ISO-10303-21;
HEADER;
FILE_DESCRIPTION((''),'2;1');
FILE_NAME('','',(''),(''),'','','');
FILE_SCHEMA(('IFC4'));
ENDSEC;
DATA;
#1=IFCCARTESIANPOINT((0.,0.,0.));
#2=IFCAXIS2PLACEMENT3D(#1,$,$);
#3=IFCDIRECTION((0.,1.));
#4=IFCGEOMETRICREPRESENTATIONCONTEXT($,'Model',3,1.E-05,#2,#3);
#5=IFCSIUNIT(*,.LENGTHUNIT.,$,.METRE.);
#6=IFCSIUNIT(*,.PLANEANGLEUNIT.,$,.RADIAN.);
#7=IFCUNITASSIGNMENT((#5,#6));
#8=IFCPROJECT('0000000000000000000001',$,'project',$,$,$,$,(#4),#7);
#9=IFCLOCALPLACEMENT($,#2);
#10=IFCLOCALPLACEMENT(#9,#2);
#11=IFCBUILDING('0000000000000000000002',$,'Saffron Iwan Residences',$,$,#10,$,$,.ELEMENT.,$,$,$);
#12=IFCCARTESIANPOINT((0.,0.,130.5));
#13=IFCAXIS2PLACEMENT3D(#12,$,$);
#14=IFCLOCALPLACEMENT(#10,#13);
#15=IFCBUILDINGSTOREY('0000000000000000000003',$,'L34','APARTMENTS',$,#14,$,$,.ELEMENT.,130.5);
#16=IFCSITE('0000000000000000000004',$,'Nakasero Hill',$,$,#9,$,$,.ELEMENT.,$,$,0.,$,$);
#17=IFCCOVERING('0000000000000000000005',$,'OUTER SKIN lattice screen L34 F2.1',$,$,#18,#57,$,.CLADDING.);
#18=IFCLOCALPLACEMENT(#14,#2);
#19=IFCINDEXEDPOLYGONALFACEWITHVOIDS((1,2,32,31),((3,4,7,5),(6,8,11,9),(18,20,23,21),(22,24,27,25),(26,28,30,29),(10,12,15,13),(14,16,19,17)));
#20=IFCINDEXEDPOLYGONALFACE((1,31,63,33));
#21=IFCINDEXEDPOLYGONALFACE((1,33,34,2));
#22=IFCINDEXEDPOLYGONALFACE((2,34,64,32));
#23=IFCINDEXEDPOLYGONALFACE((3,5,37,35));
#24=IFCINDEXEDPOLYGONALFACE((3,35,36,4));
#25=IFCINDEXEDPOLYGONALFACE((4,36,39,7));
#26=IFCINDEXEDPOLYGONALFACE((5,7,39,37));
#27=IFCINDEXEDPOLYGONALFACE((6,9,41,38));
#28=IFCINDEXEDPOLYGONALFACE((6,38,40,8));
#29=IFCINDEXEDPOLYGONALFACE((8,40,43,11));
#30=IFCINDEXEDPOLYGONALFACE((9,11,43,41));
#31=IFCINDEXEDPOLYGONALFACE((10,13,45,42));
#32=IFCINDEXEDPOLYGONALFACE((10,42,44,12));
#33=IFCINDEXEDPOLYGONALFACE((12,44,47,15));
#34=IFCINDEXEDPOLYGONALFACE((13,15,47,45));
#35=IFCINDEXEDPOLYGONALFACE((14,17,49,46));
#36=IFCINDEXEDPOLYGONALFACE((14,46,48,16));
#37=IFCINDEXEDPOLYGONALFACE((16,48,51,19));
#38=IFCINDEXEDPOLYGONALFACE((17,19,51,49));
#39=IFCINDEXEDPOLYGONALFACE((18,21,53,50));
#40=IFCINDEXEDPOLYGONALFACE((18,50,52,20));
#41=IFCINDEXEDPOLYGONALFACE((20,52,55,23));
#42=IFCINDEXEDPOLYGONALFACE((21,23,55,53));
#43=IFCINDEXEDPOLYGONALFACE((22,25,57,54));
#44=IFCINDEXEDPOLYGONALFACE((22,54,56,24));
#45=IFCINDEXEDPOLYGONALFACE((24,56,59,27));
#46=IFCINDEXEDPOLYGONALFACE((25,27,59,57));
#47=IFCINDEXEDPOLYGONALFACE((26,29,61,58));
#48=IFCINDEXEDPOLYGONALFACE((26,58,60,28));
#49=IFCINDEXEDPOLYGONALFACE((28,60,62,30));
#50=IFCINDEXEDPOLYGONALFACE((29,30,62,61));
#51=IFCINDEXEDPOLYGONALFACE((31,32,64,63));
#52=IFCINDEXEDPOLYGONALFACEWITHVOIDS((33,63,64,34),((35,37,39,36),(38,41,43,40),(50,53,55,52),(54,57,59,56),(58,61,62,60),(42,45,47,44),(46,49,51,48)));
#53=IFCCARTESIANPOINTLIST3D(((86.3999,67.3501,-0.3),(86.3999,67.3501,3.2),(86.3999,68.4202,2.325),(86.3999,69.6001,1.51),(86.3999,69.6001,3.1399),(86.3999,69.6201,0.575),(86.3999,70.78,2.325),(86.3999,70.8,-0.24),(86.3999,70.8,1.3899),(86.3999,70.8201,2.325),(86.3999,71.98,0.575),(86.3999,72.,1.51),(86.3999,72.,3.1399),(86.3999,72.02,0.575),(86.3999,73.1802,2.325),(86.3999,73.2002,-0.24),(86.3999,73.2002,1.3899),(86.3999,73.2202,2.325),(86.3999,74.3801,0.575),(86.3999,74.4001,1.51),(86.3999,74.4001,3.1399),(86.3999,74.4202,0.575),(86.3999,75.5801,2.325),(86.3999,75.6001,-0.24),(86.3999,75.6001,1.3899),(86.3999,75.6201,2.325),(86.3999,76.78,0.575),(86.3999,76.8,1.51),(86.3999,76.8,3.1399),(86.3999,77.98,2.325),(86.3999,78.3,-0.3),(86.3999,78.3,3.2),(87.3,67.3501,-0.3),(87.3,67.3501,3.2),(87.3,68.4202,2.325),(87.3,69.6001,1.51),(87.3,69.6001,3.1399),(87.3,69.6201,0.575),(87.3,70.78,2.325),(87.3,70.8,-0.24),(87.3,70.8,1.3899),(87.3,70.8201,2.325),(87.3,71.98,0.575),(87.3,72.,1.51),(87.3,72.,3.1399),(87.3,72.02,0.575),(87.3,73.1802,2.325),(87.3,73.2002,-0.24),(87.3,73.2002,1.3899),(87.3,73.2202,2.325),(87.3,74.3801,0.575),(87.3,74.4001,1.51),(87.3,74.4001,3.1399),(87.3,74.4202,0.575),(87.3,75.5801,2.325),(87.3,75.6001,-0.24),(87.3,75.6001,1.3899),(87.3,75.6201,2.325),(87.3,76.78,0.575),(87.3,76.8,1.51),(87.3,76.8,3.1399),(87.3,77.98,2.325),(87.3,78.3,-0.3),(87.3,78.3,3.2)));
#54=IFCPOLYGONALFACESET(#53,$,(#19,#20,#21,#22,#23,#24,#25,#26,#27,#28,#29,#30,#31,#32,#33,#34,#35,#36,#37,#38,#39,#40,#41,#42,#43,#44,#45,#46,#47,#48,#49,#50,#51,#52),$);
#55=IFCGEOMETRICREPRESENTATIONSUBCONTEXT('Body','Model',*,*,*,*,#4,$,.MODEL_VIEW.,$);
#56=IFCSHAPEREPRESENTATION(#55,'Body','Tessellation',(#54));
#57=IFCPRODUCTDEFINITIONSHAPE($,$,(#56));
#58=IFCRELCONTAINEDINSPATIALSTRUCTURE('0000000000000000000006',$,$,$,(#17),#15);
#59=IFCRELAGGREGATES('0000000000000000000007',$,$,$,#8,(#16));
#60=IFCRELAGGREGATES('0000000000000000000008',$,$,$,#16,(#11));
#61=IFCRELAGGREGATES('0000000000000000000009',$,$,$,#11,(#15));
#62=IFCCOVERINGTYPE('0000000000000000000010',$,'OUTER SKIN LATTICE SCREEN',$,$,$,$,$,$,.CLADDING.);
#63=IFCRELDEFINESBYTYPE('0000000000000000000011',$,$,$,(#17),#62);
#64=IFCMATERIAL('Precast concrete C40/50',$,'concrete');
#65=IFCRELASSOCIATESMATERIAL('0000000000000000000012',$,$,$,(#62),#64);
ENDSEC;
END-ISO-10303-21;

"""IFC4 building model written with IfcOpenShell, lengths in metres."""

from ifc_helpers import new_model, si_unit, direction, frame, origin, place, context, subcontext, project, spatial, polyline, outline, extrude, material, type_object, element, save


model = new_model("IFC4")

# Units and contexts
model_context = context("Model", 3, precision=1e-05, world=origin(), true_north=direction((0.0, 1.0)))
body_context = subcontext(model_context, "Body", "Model", "MODEL_VIEW")
ifc_project = project(units=[si_unit("LENGTHUNIT", "METRE"), si_unit("PLANEANGLEUNIT", "RADIAN")], contexts=[model_context])

# Site, building, storey
site_placement = place(None, origin())
site = spatial("IfcSite", under=ifc_project, at=site_placement, Name="Nakasero Hill", CompositionType="ELEMENT", RefElevation=0.0)
building_placement = place(site_placement, origin())
building = spatial("IfcBuilding", under=site, at=building_placement, Name="Saffron Iwan Residences", CompositionType="ELEMENT")
storey_placement = place(building_placement, frame((0.0, 0.0, 130.5)))
storey = spatial("IfcBuildingStorey", under=building, at=storey_placement, Name="L34", Description="APARTMENTS", CompositionType="ELEMENT", Elevation=130.5)

# Covering
ifc_material_1 = material(Name="Precast concrete C40/50", Category="concrete")
covering_type = type_object("IfcCoveringType", Name="OUTER SKIN LATTICE SCREEN", PredefinedType="CLADDING", material=ifc_material_1)
covering_placement = place(storey_placement, frame((86.3999, 67.3501, -0.3), z_axis=(1.0, 0.0, 0.0), x_axis=(0.0, 1.0, 0.0)))
element("IfcCovering", 1, at=covering_placement, inside=storey, type_object=covering_type, Name="OUTER SKIN lattice screen L34 F2.1", PredefinedType="CLADDING", context=body_context, shape_type="SweptSolid", body=[
    extrude(outline(polyline([(0.0, 0.0), (10.95, 0.0), (10.95, 3.5), (0.0, 3.5), (0.0, 0.0)]), holes=[polyline([(2.27, 0.875), (3.45, 0.0601), (4.6299, 0.875), (3.45, 1.6899), (2.27, 0.875)]), polyline([(4.6699, 0.875), (5.8501, 0.0601), (7.03, 0.875), (5.8501, 1.6899), (4.6699, 0.875)]), polyline([(7.0701, 0.875), (8.25, 0.0601), (9.4299, 0.875), (8.25, 1.6899), (7.0701, 0.875)]), polyline([(1.0701, 2.625), (2.25, 1.8101), (3.4299, 2.625), (2.25, 3.4399), (1.0701, 2.625)]), polyline([(3.47, 2.625), (4.6499, 1.8101), (5.8301, 2.625), (4.6499, 3.4399), (3.47, 2.625)]), polyline([(5.8701, 2.625), (7.05, 1.8101), (8.23, 2.625), (7.05, 3.4399), (5.8701, 2.625)]), polyline([(8.27, 2.625), (9.45, 1.8101), (10.6299, 2.625), (9.45, 3.4399), (8.27, 2.625)])]), origin(), (0.0, 0.0, 1.0), 0.9001),
])

save(model, "model.ifc")
